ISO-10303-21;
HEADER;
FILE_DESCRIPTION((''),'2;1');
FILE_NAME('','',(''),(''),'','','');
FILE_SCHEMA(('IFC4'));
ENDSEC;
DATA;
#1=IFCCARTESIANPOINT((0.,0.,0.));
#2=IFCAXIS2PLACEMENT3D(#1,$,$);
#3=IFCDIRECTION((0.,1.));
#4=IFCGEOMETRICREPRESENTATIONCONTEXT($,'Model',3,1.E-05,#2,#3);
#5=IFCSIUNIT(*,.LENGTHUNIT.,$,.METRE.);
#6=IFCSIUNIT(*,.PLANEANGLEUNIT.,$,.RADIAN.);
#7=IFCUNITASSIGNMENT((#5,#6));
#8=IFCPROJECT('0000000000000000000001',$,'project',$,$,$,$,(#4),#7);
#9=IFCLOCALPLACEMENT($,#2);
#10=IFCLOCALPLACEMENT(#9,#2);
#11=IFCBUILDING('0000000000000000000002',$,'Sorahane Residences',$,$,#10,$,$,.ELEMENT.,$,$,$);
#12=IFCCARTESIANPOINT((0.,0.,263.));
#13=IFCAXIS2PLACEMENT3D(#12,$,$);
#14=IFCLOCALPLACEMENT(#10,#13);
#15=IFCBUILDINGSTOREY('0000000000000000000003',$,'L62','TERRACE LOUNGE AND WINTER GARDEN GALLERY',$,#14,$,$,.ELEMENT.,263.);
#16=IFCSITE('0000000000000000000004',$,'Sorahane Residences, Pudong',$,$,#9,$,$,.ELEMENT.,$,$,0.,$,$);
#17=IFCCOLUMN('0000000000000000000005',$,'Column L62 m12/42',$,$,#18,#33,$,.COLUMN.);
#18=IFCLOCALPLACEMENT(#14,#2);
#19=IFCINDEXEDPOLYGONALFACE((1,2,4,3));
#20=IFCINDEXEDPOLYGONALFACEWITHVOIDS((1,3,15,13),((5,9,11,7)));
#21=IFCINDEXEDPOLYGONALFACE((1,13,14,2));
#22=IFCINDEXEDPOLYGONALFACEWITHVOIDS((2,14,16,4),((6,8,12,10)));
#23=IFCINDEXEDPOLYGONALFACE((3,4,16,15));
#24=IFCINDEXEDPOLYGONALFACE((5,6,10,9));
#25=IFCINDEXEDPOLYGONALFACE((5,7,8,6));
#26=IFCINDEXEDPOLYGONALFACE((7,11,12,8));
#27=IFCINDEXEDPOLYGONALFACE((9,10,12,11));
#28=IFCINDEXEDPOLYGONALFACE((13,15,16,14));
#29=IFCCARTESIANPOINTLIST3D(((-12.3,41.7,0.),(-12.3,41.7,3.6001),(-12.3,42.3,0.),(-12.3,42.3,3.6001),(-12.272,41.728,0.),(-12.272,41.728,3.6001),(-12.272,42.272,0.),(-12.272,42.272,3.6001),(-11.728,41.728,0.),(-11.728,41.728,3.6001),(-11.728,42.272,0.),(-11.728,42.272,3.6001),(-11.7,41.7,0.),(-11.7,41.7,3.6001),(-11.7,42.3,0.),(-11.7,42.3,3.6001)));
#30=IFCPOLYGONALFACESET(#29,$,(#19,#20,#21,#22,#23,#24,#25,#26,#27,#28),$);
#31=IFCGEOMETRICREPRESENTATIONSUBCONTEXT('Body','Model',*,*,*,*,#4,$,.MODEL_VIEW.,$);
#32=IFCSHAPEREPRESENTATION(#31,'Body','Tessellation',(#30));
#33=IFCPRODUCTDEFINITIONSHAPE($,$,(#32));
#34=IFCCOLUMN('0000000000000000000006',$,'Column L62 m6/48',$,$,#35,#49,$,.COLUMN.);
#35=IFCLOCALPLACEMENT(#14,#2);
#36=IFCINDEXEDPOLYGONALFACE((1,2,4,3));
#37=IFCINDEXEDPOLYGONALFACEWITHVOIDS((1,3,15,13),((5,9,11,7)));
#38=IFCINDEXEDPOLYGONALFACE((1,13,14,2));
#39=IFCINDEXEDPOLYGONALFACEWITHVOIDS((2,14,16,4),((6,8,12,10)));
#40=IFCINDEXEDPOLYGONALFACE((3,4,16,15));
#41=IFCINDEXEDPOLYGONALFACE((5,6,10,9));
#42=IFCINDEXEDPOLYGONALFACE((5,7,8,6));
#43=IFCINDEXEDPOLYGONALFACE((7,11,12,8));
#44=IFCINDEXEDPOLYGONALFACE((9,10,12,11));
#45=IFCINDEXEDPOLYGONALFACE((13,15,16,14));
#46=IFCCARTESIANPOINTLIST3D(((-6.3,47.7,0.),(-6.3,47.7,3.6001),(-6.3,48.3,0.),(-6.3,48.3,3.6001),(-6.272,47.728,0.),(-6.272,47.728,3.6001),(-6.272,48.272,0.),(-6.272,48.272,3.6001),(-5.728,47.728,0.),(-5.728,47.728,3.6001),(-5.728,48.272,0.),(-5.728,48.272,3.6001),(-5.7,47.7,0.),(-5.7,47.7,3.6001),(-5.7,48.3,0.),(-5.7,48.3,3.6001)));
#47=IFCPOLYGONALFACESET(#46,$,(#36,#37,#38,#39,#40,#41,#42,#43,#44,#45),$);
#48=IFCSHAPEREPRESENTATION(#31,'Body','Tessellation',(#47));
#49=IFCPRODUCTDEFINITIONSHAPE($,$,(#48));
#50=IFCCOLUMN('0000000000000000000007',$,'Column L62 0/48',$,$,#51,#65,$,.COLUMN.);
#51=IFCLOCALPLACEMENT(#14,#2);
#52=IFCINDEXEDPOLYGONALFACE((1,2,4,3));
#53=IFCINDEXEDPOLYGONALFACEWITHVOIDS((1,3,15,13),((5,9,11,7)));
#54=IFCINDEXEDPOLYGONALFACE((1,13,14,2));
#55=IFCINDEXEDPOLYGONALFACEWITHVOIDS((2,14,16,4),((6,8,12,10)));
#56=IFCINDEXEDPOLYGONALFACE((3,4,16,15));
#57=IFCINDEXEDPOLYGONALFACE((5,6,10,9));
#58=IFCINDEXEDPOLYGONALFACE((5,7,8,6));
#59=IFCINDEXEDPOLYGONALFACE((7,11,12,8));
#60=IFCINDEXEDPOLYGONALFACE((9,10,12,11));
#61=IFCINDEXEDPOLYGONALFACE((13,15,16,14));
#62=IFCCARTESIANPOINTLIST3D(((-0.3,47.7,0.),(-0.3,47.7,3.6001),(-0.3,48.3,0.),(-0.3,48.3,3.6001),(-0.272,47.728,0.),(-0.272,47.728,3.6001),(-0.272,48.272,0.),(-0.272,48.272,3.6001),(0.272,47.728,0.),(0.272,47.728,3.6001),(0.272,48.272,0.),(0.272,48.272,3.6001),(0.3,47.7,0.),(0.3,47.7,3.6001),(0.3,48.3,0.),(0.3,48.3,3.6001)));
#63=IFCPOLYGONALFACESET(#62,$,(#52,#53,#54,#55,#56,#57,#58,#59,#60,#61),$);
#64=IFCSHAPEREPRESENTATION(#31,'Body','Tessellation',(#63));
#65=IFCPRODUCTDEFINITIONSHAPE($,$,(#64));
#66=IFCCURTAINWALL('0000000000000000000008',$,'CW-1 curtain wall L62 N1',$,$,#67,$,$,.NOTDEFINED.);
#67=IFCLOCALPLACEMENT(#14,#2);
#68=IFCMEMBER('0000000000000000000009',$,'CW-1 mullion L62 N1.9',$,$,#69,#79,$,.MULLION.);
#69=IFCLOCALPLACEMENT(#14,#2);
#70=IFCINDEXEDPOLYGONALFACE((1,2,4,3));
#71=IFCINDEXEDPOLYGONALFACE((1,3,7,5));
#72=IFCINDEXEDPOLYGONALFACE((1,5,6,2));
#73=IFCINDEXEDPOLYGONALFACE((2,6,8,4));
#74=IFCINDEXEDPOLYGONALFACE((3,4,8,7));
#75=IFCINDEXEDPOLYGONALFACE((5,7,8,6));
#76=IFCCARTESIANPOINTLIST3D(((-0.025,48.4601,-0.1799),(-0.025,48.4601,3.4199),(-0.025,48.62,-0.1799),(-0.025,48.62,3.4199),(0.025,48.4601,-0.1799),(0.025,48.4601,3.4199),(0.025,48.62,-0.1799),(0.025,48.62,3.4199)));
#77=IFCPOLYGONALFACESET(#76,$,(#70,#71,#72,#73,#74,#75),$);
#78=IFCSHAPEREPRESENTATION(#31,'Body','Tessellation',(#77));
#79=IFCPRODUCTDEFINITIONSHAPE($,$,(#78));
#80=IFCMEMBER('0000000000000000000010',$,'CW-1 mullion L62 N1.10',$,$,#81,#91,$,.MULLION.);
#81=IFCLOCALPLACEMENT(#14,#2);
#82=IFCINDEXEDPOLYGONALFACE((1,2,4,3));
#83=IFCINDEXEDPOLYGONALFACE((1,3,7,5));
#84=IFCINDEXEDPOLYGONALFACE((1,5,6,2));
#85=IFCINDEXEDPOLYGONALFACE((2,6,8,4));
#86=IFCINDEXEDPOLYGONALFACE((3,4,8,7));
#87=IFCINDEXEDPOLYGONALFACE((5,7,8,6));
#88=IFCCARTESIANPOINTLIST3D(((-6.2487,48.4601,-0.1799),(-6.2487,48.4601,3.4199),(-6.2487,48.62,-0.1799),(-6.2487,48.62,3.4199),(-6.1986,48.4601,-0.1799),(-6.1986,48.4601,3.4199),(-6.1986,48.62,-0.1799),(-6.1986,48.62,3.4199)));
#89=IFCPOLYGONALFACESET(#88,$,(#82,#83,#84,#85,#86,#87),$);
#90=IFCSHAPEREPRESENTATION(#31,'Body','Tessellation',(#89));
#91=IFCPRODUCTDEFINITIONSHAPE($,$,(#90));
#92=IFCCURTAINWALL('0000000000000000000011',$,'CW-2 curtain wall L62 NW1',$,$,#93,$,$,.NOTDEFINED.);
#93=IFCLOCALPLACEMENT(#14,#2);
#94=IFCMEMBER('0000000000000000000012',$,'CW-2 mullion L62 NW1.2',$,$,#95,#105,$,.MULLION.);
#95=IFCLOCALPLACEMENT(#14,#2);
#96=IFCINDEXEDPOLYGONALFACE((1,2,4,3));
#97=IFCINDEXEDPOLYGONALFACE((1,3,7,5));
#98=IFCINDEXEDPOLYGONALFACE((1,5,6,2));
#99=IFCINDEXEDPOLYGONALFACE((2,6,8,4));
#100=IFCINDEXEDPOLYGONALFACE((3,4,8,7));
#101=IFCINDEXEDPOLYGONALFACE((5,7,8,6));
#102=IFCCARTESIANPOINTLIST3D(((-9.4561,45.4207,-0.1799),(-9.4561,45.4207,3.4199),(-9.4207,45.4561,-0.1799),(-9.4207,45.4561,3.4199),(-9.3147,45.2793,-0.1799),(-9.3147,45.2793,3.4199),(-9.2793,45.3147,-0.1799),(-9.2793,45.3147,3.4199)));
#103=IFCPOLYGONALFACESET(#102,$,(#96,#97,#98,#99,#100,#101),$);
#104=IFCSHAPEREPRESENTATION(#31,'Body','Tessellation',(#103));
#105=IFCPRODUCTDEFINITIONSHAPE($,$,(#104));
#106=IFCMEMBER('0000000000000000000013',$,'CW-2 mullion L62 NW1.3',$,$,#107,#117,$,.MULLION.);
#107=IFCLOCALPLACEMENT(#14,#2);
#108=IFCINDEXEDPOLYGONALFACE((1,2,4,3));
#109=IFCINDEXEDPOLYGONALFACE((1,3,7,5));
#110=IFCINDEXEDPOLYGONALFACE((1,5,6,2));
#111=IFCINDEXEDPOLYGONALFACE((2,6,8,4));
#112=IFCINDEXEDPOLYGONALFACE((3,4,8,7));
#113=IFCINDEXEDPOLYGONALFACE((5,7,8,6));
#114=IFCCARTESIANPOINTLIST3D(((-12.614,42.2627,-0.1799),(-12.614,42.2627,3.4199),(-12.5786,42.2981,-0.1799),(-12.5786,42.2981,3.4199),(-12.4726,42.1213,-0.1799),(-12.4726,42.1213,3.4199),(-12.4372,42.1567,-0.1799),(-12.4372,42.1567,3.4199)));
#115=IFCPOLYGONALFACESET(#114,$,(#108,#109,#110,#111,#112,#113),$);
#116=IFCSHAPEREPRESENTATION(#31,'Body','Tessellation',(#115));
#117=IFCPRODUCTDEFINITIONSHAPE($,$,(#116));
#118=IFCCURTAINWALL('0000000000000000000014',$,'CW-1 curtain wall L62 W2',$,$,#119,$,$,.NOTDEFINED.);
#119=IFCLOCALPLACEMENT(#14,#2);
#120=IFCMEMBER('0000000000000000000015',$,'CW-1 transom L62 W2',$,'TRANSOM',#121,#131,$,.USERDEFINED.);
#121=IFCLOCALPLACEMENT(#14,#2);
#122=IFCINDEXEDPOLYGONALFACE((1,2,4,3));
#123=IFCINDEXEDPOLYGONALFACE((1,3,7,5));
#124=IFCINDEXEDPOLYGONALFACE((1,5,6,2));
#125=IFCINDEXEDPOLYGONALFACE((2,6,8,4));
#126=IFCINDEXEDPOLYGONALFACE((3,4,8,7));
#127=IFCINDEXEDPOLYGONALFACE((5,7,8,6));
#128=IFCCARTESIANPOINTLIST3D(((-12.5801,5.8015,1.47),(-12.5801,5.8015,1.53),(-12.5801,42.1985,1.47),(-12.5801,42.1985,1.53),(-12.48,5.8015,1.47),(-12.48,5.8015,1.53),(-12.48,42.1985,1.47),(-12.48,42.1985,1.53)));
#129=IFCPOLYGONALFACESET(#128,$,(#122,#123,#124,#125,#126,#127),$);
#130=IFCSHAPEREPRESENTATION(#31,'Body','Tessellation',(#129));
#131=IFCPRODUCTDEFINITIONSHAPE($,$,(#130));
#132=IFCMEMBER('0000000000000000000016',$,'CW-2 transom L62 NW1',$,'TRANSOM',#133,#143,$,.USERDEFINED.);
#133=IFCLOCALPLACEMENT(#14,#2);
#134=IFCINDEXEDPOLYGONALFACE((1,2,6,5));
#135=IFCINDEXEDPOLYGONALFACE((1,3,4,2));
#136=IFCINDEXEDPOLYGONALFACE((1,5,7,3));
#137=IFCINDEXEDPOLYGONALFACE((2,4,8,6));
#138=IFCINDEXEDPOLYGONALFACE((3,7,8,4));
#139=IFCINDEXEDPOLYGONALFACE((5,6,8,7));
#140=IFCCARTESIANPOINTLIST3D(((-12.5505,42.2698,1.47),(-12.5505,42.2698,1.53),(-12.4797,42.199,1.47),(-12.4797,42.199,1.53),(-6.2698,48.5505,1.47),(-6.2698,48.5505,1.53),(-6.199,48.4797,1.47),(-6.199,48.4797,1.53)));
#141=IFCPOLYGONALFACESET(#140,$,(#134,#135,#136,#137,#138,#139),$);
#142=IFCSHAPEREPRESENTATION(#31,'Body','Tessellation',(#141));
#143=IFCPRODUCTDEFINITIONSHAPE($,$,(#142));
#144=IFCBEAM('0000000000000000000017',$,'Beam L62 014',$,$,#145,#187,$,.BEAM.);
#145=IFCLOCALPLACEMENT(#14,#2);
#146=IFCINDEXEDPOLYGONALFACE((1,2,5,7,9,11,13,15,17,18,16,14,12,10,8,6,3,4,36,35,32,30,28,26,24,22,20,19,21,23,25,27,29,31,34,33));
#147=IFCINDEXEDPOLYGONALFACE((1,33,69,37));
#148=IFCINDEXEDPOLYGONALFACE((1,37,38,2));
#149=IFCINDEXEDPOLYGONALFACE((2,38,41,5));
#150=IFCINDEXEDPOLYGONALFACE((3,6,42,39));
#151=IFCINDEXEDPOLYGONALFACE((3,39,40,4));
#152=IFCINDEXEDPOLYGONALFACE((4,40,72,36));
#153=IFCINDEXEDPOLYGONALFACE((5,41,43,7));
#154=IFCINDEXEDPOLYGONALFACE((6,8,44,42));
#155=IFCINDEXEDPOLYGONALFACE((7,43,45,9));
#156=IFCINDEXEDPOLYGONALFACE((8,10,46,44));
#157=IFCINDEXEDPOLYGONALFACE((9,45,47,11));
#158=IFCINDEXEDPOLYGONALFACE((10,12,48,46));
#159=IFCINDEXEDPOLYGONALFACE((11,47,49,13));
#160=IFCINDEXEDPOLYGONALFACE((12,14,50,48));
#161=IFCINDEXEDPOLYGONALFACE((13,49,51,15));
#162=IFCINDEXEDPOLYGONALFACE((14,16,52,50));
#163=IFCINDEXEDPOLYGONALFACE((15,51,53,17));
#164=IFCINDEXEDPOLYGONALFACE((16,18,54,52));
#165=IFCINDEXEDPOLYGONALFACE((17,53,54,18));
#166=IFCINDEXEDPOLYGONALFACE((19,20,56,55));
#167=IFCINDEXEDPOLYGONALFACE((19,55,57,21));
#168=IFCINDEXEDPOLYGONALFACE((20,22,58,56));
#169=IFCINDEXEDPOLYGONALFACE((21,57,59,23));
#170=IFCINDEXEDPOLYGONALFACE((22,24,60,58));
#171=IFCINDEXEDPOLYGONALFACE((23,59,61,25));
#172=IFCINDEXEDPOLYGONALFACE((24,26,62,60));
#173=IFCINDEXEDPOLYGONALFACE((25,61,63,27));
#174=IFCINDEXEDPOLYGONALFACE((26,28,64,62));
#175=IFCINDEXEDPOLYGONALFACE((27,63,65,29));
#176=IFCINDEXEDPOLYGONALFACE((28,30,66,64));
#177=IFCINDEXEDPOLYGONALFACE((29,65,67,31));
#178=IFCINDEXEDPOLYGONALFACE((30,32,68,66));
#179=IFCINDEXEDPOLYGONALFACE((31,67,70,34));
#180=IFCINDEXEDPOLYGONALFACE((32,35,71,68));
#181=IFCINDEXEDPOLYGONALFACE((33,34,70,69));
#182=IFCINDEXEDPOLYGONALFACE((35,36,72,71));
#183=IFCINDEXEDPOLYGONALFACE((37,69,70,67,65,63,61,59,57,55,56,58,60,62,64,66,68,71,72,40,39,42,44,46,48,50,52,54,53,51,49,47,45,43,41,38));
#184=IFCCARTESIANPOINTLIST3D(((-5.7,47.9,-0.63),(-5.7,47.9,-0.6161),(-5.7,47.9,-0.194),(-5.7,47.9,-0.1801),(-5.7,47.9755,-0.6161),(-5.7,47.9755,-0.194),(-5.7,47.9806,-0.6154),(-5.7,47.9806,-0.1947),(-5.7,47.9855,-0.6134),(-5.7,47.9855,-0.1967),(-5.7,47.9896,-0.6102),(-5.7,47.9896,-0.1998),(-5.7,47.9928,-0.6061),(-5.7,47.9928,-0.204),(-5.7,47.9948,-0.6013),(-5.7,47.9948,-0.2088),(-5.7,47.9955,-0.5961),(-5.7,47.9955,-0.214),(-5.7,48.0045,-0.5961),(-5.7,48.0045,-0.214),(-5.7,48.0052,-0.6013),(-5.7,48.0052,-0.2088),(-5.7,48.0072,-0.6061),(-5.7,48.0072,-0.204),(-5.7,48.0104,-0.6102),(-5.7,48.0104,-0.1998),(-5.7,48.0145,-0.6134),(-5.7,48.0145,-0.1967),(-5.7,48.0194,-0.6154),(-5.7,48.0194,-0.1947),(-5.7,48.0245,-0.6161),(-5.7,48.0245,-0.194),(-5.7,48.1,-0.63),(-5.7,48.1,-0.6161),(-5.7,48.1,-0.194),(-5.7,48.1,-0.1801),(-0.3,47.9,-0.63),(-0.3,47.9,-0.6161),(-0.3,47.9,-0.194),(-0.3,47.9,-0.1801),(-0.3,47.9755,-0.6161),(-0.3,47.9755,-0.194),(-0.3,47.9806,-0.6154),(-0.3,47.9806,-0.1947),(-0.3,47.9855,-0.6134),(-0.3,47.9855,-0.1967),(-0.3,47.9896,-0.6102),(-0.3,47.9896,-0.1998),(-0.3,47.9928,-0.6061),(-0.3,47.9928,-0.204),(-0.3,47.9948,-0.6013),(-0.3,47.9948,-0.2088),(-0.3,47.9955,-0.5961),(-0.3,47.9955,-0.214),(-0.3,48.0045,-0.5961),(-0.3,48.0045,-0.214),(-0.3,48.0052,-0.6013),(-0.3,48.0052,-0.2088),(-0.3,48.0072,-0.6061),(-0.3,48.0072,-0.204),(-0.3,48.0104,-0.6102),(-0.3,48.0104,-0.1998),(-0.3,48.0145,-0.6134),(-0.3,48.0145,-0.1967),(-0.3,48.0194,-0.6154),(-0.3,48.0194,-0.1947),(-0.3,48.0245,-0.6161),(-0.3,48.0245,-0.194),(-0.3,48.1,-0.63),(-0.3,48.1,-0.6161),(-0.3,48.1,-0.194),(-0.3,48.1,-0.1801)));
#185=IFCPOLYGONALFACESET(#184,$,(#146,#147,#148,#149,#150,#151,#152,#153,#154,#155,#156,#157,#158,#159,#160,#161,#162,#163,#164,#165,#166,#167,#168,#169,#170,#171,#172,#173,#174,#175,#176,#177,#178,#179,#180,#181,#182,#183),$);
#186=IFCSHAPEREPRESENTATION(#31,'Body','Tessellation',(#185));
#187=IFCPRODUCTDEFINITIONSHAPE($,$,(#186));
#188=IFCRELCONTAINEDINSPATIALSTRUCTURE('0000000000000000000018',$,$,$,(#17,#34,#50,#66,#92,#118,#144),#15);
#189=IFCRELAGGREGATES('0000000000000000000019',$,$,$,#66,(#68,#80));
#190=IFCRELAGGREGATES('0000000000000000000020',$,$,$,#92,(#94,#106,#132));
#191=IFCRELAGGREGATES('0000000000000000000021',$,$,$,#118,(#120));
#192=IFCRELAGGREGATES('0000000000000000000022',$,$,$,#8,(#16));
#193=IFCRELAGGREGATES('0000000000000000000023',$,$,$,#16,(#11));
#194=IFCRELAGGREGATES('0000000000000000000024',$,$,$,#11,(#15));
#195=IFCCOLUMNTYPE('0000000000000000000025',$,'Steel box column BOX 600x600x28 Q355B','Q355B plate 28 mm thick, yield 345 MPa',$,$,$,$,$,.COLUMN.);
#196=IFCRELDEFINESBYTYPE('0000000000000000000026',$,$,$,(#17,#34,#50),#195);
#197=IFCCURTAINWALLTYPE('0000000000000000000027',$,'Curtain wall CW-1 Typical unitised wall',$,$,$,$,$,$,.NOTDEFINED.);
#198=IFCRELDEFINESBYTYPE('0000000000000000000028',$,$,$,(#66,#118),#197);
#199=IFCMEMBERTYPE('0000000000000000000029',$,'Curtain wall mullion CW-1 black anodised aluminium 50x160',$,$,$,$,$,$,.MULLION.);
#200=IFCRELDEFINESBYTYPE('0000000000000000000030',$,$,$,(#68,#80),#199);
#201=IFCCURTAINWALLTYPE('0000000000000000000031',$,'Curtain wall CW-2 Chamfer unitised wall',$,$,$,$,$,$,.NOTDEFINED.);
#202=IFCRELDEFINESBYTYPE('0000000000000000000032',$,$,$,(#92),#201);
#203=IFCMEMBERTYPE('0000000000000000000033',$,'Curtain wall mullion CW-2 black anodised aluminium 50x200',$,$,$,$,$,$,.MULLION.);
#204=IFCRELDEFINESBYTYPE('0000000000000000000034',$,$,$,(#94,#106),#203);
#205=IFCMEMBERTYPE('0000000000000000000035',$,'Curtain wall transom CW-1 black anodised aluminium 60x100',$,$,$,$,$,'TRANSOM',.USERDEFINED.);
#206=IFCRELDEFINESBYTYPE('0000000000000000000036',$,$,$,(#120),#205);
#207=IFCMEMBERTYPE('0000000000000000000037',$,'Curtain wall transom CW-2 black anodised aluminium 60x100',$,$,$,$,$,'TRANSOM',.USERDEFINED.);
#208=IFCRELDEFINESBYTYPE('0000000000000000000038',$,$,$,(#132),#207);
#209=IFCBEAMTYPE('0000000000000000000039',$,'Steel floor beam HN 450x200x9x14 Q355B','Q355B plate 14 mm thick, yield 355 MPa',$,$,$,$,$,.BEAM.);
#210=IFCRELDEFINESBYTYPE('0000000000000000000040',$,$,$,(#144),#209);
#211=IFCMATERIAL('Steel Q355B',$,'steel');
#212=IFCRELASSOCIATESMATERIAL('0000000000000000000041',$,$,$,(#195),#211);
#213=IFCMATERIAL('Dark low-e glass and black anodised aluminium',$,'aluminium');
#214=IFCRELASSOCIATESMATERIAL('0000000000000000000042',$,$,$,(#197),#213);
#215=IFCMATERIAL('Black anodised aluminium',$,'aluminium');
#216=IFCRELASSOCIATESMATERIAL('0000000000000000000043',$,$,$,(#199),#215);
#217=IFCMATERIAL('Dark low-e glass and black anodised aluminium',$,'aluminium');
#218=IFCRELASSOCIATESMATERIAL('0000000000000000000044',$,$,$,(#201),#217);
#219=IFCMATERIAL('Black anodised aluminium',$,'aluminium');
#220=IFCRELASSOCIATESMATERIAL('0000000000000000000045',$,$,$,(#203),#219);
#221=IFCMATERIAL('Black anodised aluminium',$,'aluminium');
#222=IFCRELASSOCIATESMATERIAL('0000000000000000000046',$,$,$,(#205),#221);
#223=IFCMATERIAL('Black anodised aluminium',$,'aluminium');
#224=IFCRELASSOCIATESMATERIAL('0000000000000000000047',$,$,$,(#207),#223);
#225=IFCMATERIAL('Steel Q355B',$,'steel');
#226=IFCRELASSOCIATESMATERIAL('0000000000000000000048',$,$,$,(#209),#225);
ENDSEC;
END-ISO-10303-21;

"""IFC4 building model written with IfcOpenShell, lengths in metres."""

from ifc_helpers import new_model, si_unit, direction, frame, origin, origin_2d, place, context, subcontext, project, spatial, rectangle, hollow_rectangle, i_section, extrude, material, material_profile, profile_set, type_object, element, aggregate, save


model = new_model("IFC4")

# Units and contexts
model_context = context("Model", 3, precision=1e-05, world=origin(), true_north=direction((0.0, 1.0)))
body_context = subcontext(model_context, "Body", "Model", "MODEL_VIEW")
ifc_project = project(units=[si_unit("LENGTHUNIT", "METRE"), si_unit("PLANEANGLEUNIT", "RADIAN")], contexts=[model_context])

# Site, building, storey
site_placement = place(None, origin())
site = spatial("IfcSite", under=ifc_project, at=site_placement, Name="Sorahane Residences, Pudong", CompositionType="ELEMENT", RefElevation=0.0)
building_placement = place(site_placement, origin())
building = spatial("IfcBuilding", under=site, at=building_placement, Name="Sorahane Residences", CompositionType="ELEMENT")
storey_placement = place(building_placement, frame((0.0, 0.0, 263.0)))
storey = spatial("IfcBuildingStorey", under=building, at=storey_placement, Name="L62", Description="TERRACE LOUNGE AND WINTER GARDEN GALLERY", CompositionType="ELEMENT", Elevation=263.0)

# Columns
ifc_material_1 = material(Name="Steel Q355B", Category="steel")
ifc_material_profile_1 = material_profile(ifc_material_1, hollow_rectangle(XDim=0.6001, YDim=0.6001, WallThickness=0.0281, at=origin_2d()), Name="BOX 600x600x28")
ifc_profile_set_1 = profile_set([ifc_material_profile_1], Name="Steel Q355B")
column_type = type_object("IfcColumnType", Name="Steel box column BOX 600x600x28 Q355B", Description="Q355B plate 28 mm thick, yield 345 MPa", PredefinedType="COLUMN", material=ifc_profile_set_1)
for number, where, z_axis, x_axis, name in (
    (1, (-12.0, 42.0, 0.0), (0.0, 0.0, 1.0), (1.0, 0.0, 0.0), "Column L62 m12/42"),
    (2, (-6.0, 48.0, 0.0), (0.0, 0.0, 1.0), (1.0, 0.0, 0.0), "Column L62 m6/48"),
    (3, (0.0, 48.0, 0.0), (0.0, 0.0, 1.0), (1.0, 0.0, 0.0), "Column L62 0/48"),
):
    element("IfcColumn", number, at=place(storey_placement, frame(where, z_axis=z_axis, x_axis=x_axis)), inside=storey, type_object=column_type, Name=name, PredefinedType="COLUMN", context=body_context, shape_type="SweptSolid", body=[
        extrude(hollow_rectangle(XDim=0.6001, YDim=0.6001, WallThickness=0.0281, at=origin_2d()), origin(), (0.0, 0.0, 1.0), 3.6001),
    ])

# Curtain walls, members
ifc_material_2 = material(Name="Dark low-e glass and black anodised aluminium", Category="aluminium")
curtain_wall_type_1 = type_object("IfcCurtainWallType", Name="Curtain wall CW-1 Typical unitised wall", PredefinedType="NOTDEFINED", material=ifc_material_2)
curtain_wall_1_placement = place(storey_placement, origin())
curtain_wall_1 = element("IfcCurtainWall", 4, at=curtain_wall_1_placement, inside=storey, type_object=curtain_wall_type_1, Name="CW-1 curtain wall L62 N1", PredefinedType="NOTDEFINED")
ifc_material_3 = material(Name="Black anodised aluminium", Category="aluminium")
ifc_material_profile_2 = material_profile(ifc_material_3, rectangle(XDim=0.1599, YDim=0.05, at=origin_2d()), Name="Curtain wall mullion CW-1 black anodised aluminium 50x160")
ifc_profile_set_2 = profile_set([ifc_material_profile_2], Name="Black anodised aluminium")
member_type_1 = type_object("IfcMemberType", Name="Curtain wall mullion CW-1 black anodised aluminium 50x160", PredefinedType="MULLION", material=ifc_profile_set_2)
member_1_placement = place(storey_placement, frame((0.0, 48.54, -0.1799), z_axis=(0.0, 0.0, 1.0), x_axis=(0.0, 1.0, 0.0)))
member_1 = element("IfcMember", 5, at=member_1_placement, type_object=member_type_1, Name="CW-1 mullion L62 N1.9", PredefinedType="MULLION", context=body_context, shape_type="SweptSolid", body=[
    extrude(rectangle(XDim=0.1599, YDim=0.05, at=origin_2d()), origin(), (0.0, 0.0, 1.0), 3.5999),
])
member_2_placement = place(storey_placement, frame((-6.2236, 48.54, -0.1799), z_axis=(0.0, 0.0, 1.0), x_axis=(0.0, 1.0, 0.0)))
member_2 = element("IfcMember", 6, at=member_2_placement, type_object=member_type_1, Name="CW-1 mullion L62 N1.10", PredefinedType="MULLION", context=body_context, shape_type="SweptSolid", body=[
    extrude(rectangle(XDim=0.1599, YDim=0.05, at=origin_2d()), origin(), (0.0, 0.0, 1.0), 3.5999),
])
ifc_material_4 = material(Name="Dark low-e glass and black anodised aluminium", Category="aluminium")
curtain_wall_type_2 = type_object("IfcCurtainWallType", Name="Curtain wall CW-2 Chamfer unitised wall", PredefinedType="NOTDEFINED", material=ifc_material_4)
curtain_wall_2_placement = place(storey_placement, origin())
curtain_wall_2 = element("IfcCurtainWall", 7, at=curtain_wall_2_placement, inside=storey, type_object=curtain_wall_type_2, Name="CW-2 curtain wall L62 NW1", PredefinedType="NOTDEFINED")
ifc_material_5 = material(Name="Black anodised aluminium", Category="aluminium")
ifc_material_profile_3 = material_profile(ifc_material_5, rectangle(XDim=0.2, YDim=0.05, at=origin_2d()), Name="Curtain wall mullion CW-2 black anodised aluminium 50x200")
ifc_profile_set_3 = profile_set([ifc_material_profile_3], Name="Black anodised aluminium")
member_type_2 = type_object("IfcMemberType", Name="Curtain wall mullion CW-2 black anodised aluminium 50x200", PredefinedType="MULLION", material=ifc_profile_set_3)
member_3_placement = place(storey_placement, frame((-9.3677, 45.3677, -0.1799), z_axis=(0.0, 0.0, 1.0), x_axis=(-0.707107, 0.707107, 0.0)))
member_3 = element("IfcMember", 8, at=member_3_placement, type_object=member_type_2, Name="CW-2 mullion L62 NW1.2", PredefinedType="MULLION", context=body_context, shape_type="SweptSolid", body=[
    extrude(rectangle(XDim=0.2, YDim=0.05, at=origin_2d()), origin(), (0.0, 0.0, 1.0), 3.5999),
])
member_4_placement = place(storey_placement, frame((-12.5256, 42.2097, -0.1799), z_axis=(0.0, 0.0, 1.0), x_axis=(-0.707107, 0.707107, 0.0)))
member_4 = element("IfcMember", 9, at=member_4_placement, type_object=member_type_2, Name="CW-2 mullion L62 NW1.3", PredefinedType="MULLION", context=body_context, shape_type="SweptSolid", body=[
    extrude(rectangle(XDim=0.2, YDim=0.05, at=origin_2d()), origin(), (0.0, 0.0, 1.0), 3.5999),
])

# Curtain wall, member
curtain_wall_3_placement = place(storey_placement, origin())
curtain_wall_3 = element("IfcCurtainWall", 10, at=curtain_wall_3_placement, inside=storey, type_object=curtain_wall_type_1, Name="CW-1 curtain wall L62 W2", PredefinedType="NOTDEFINED")
ifc_material_6 = material(Name="Black anodised aluminium", Category="aluminium")
ifc_material_profile_4 = material_profile(ifc_material_6, rectangle(XDim=0.1001, YDim=0.0601, at=origin_2d()), Name="Curtain wall transom CW-1 black anodised aluminium 60x100")
ifc_profile_set_4 = profile_set([ifc_material_profile_4], Name="Black anodised aluminium")
member_type_3 = type_object("IfcMemberType", Name="Curtain wall transom CW-1 black anodised aluminium 60x100", ElementType="TRANSOM", PredefinedType="USERDEFINED", material=ifc_profile_set_4)
member_5_placement = place(storey_placement, frame((-12.53, 42.1985, 1.5), z_axis=(0.0, -1.0, 0.0), x_axis=(1.0, 0.0, 0.0)))
member_5 = element("IfcMember", 11, at=member_5_placement, type_object=member_type_3, Name="CW-1 transom L62 W2", ObjectType="TRANSOM", PredefinedType="USERDEFINED", context=body_context, shape_type="SweptSolid", body=[
    extrude(rectangle(XDim=0.1001, YDim=0.0601, at=origin_2d()), origin(), (0.0, 0.0, 1.0), 36.397),
])

# Member
ifc_material_7 = material(Name="Black anodised aluminium", Category="aluminium")
ifc_material_profile_5 = material_profile(ifc_material_7, rectangle(XDim=0.1001, YDim=0.0601, at=origin_2d()), Name="Curtain wall transom CW-2 black anodised aluminium 60x100")
ifc_profile_set_5 = profile_set([ifc_material_profile_5], Name="Black anodised aluminium")
member_type_4 = type_object("IfcMemberType", Name="Curtain wall transom CW-2 black anodised aluminium 60x100", ElementType="TRANSOM", PredefinedType="USERDEFINED", material=ifc_profile_set_5)
member_6_placement = place(storey_placement, frame((-6.2344, 48.5151, 1.5), z_axis=(-0.707107, -0.707107, 0.0), x_axis=(0.707107, -0.707107, 0.0)))
member_6 = element("IfcMember", 12, at=member_6_placement, type_object=member_type_4, Name="CW-2 transom L62 NW1", ObjectType="TRANSOM", PredefinedType="USERDEFINED", context=body_context, shape_type="SweptSolid", body=[
    extrude(rectangle(XDim=0.1001, YDim=0.0601, at=origin_2d()), origin(), (0.0, 0.0, 1.0), 8.8823),
])

# Beam
ifc_material_8 = material(Name="Steel Q355B", Category="steel")
ifc_material_profile_6 = material_profile(ifc_material_8, i_section(OverallWidth=0.2, OverallDepth=0.45, WebThickness=0.009, FlangeThickness=0.0139, FilletRadius=0.02, at=origin_2d()), Name="HN 450x200x9x14")
ifc_profile_set_6 = profile_set([ifc_material_profile_6], Name="Steel Q355B")
beam_type_1 = type_object("IfcBeamType", Name="Steel floor beam HN 450x200x9x14 Q355B", Description="Q355B plate 14 mm thick, yield 355 MPa", PredefinedType="BEAM", material=ifc_profile_set_6)
for number, where, z_axis, x_axis, name in (
    (13, (-5.7, 48.0, -0.405), (1.0, 0.0, 0.0), (0.0, 1.0, 0.0), "Beam L62 014"),
):
    element("IfcBeam", number, at=place(storey_placement, frame(where, z_axis=z_axis, x_axis=x_axis)), inside=storey, type_object=beam_type_1, Name=name, PredefinedType="BEAM", context=body_context, shape_type="SweptSolid", body=[
        extrude(i_section(OverallWidth=0.2, OverallDepth=0.45, WebThickness=0.009, FlangeThickness=0.0139, FilletRadius=0.02, at=origin_2d()), origin(), (0.0, 0.0, 1.0), 5.3999),
    ])

aggregate(curtain_wall_1, [member_1, member_2])
aggregate(curtain_wall_2, [member_3, member_4, member_6])
aggregate(curtain_wall_3, [member_5])

save(model, "model.ifc")
